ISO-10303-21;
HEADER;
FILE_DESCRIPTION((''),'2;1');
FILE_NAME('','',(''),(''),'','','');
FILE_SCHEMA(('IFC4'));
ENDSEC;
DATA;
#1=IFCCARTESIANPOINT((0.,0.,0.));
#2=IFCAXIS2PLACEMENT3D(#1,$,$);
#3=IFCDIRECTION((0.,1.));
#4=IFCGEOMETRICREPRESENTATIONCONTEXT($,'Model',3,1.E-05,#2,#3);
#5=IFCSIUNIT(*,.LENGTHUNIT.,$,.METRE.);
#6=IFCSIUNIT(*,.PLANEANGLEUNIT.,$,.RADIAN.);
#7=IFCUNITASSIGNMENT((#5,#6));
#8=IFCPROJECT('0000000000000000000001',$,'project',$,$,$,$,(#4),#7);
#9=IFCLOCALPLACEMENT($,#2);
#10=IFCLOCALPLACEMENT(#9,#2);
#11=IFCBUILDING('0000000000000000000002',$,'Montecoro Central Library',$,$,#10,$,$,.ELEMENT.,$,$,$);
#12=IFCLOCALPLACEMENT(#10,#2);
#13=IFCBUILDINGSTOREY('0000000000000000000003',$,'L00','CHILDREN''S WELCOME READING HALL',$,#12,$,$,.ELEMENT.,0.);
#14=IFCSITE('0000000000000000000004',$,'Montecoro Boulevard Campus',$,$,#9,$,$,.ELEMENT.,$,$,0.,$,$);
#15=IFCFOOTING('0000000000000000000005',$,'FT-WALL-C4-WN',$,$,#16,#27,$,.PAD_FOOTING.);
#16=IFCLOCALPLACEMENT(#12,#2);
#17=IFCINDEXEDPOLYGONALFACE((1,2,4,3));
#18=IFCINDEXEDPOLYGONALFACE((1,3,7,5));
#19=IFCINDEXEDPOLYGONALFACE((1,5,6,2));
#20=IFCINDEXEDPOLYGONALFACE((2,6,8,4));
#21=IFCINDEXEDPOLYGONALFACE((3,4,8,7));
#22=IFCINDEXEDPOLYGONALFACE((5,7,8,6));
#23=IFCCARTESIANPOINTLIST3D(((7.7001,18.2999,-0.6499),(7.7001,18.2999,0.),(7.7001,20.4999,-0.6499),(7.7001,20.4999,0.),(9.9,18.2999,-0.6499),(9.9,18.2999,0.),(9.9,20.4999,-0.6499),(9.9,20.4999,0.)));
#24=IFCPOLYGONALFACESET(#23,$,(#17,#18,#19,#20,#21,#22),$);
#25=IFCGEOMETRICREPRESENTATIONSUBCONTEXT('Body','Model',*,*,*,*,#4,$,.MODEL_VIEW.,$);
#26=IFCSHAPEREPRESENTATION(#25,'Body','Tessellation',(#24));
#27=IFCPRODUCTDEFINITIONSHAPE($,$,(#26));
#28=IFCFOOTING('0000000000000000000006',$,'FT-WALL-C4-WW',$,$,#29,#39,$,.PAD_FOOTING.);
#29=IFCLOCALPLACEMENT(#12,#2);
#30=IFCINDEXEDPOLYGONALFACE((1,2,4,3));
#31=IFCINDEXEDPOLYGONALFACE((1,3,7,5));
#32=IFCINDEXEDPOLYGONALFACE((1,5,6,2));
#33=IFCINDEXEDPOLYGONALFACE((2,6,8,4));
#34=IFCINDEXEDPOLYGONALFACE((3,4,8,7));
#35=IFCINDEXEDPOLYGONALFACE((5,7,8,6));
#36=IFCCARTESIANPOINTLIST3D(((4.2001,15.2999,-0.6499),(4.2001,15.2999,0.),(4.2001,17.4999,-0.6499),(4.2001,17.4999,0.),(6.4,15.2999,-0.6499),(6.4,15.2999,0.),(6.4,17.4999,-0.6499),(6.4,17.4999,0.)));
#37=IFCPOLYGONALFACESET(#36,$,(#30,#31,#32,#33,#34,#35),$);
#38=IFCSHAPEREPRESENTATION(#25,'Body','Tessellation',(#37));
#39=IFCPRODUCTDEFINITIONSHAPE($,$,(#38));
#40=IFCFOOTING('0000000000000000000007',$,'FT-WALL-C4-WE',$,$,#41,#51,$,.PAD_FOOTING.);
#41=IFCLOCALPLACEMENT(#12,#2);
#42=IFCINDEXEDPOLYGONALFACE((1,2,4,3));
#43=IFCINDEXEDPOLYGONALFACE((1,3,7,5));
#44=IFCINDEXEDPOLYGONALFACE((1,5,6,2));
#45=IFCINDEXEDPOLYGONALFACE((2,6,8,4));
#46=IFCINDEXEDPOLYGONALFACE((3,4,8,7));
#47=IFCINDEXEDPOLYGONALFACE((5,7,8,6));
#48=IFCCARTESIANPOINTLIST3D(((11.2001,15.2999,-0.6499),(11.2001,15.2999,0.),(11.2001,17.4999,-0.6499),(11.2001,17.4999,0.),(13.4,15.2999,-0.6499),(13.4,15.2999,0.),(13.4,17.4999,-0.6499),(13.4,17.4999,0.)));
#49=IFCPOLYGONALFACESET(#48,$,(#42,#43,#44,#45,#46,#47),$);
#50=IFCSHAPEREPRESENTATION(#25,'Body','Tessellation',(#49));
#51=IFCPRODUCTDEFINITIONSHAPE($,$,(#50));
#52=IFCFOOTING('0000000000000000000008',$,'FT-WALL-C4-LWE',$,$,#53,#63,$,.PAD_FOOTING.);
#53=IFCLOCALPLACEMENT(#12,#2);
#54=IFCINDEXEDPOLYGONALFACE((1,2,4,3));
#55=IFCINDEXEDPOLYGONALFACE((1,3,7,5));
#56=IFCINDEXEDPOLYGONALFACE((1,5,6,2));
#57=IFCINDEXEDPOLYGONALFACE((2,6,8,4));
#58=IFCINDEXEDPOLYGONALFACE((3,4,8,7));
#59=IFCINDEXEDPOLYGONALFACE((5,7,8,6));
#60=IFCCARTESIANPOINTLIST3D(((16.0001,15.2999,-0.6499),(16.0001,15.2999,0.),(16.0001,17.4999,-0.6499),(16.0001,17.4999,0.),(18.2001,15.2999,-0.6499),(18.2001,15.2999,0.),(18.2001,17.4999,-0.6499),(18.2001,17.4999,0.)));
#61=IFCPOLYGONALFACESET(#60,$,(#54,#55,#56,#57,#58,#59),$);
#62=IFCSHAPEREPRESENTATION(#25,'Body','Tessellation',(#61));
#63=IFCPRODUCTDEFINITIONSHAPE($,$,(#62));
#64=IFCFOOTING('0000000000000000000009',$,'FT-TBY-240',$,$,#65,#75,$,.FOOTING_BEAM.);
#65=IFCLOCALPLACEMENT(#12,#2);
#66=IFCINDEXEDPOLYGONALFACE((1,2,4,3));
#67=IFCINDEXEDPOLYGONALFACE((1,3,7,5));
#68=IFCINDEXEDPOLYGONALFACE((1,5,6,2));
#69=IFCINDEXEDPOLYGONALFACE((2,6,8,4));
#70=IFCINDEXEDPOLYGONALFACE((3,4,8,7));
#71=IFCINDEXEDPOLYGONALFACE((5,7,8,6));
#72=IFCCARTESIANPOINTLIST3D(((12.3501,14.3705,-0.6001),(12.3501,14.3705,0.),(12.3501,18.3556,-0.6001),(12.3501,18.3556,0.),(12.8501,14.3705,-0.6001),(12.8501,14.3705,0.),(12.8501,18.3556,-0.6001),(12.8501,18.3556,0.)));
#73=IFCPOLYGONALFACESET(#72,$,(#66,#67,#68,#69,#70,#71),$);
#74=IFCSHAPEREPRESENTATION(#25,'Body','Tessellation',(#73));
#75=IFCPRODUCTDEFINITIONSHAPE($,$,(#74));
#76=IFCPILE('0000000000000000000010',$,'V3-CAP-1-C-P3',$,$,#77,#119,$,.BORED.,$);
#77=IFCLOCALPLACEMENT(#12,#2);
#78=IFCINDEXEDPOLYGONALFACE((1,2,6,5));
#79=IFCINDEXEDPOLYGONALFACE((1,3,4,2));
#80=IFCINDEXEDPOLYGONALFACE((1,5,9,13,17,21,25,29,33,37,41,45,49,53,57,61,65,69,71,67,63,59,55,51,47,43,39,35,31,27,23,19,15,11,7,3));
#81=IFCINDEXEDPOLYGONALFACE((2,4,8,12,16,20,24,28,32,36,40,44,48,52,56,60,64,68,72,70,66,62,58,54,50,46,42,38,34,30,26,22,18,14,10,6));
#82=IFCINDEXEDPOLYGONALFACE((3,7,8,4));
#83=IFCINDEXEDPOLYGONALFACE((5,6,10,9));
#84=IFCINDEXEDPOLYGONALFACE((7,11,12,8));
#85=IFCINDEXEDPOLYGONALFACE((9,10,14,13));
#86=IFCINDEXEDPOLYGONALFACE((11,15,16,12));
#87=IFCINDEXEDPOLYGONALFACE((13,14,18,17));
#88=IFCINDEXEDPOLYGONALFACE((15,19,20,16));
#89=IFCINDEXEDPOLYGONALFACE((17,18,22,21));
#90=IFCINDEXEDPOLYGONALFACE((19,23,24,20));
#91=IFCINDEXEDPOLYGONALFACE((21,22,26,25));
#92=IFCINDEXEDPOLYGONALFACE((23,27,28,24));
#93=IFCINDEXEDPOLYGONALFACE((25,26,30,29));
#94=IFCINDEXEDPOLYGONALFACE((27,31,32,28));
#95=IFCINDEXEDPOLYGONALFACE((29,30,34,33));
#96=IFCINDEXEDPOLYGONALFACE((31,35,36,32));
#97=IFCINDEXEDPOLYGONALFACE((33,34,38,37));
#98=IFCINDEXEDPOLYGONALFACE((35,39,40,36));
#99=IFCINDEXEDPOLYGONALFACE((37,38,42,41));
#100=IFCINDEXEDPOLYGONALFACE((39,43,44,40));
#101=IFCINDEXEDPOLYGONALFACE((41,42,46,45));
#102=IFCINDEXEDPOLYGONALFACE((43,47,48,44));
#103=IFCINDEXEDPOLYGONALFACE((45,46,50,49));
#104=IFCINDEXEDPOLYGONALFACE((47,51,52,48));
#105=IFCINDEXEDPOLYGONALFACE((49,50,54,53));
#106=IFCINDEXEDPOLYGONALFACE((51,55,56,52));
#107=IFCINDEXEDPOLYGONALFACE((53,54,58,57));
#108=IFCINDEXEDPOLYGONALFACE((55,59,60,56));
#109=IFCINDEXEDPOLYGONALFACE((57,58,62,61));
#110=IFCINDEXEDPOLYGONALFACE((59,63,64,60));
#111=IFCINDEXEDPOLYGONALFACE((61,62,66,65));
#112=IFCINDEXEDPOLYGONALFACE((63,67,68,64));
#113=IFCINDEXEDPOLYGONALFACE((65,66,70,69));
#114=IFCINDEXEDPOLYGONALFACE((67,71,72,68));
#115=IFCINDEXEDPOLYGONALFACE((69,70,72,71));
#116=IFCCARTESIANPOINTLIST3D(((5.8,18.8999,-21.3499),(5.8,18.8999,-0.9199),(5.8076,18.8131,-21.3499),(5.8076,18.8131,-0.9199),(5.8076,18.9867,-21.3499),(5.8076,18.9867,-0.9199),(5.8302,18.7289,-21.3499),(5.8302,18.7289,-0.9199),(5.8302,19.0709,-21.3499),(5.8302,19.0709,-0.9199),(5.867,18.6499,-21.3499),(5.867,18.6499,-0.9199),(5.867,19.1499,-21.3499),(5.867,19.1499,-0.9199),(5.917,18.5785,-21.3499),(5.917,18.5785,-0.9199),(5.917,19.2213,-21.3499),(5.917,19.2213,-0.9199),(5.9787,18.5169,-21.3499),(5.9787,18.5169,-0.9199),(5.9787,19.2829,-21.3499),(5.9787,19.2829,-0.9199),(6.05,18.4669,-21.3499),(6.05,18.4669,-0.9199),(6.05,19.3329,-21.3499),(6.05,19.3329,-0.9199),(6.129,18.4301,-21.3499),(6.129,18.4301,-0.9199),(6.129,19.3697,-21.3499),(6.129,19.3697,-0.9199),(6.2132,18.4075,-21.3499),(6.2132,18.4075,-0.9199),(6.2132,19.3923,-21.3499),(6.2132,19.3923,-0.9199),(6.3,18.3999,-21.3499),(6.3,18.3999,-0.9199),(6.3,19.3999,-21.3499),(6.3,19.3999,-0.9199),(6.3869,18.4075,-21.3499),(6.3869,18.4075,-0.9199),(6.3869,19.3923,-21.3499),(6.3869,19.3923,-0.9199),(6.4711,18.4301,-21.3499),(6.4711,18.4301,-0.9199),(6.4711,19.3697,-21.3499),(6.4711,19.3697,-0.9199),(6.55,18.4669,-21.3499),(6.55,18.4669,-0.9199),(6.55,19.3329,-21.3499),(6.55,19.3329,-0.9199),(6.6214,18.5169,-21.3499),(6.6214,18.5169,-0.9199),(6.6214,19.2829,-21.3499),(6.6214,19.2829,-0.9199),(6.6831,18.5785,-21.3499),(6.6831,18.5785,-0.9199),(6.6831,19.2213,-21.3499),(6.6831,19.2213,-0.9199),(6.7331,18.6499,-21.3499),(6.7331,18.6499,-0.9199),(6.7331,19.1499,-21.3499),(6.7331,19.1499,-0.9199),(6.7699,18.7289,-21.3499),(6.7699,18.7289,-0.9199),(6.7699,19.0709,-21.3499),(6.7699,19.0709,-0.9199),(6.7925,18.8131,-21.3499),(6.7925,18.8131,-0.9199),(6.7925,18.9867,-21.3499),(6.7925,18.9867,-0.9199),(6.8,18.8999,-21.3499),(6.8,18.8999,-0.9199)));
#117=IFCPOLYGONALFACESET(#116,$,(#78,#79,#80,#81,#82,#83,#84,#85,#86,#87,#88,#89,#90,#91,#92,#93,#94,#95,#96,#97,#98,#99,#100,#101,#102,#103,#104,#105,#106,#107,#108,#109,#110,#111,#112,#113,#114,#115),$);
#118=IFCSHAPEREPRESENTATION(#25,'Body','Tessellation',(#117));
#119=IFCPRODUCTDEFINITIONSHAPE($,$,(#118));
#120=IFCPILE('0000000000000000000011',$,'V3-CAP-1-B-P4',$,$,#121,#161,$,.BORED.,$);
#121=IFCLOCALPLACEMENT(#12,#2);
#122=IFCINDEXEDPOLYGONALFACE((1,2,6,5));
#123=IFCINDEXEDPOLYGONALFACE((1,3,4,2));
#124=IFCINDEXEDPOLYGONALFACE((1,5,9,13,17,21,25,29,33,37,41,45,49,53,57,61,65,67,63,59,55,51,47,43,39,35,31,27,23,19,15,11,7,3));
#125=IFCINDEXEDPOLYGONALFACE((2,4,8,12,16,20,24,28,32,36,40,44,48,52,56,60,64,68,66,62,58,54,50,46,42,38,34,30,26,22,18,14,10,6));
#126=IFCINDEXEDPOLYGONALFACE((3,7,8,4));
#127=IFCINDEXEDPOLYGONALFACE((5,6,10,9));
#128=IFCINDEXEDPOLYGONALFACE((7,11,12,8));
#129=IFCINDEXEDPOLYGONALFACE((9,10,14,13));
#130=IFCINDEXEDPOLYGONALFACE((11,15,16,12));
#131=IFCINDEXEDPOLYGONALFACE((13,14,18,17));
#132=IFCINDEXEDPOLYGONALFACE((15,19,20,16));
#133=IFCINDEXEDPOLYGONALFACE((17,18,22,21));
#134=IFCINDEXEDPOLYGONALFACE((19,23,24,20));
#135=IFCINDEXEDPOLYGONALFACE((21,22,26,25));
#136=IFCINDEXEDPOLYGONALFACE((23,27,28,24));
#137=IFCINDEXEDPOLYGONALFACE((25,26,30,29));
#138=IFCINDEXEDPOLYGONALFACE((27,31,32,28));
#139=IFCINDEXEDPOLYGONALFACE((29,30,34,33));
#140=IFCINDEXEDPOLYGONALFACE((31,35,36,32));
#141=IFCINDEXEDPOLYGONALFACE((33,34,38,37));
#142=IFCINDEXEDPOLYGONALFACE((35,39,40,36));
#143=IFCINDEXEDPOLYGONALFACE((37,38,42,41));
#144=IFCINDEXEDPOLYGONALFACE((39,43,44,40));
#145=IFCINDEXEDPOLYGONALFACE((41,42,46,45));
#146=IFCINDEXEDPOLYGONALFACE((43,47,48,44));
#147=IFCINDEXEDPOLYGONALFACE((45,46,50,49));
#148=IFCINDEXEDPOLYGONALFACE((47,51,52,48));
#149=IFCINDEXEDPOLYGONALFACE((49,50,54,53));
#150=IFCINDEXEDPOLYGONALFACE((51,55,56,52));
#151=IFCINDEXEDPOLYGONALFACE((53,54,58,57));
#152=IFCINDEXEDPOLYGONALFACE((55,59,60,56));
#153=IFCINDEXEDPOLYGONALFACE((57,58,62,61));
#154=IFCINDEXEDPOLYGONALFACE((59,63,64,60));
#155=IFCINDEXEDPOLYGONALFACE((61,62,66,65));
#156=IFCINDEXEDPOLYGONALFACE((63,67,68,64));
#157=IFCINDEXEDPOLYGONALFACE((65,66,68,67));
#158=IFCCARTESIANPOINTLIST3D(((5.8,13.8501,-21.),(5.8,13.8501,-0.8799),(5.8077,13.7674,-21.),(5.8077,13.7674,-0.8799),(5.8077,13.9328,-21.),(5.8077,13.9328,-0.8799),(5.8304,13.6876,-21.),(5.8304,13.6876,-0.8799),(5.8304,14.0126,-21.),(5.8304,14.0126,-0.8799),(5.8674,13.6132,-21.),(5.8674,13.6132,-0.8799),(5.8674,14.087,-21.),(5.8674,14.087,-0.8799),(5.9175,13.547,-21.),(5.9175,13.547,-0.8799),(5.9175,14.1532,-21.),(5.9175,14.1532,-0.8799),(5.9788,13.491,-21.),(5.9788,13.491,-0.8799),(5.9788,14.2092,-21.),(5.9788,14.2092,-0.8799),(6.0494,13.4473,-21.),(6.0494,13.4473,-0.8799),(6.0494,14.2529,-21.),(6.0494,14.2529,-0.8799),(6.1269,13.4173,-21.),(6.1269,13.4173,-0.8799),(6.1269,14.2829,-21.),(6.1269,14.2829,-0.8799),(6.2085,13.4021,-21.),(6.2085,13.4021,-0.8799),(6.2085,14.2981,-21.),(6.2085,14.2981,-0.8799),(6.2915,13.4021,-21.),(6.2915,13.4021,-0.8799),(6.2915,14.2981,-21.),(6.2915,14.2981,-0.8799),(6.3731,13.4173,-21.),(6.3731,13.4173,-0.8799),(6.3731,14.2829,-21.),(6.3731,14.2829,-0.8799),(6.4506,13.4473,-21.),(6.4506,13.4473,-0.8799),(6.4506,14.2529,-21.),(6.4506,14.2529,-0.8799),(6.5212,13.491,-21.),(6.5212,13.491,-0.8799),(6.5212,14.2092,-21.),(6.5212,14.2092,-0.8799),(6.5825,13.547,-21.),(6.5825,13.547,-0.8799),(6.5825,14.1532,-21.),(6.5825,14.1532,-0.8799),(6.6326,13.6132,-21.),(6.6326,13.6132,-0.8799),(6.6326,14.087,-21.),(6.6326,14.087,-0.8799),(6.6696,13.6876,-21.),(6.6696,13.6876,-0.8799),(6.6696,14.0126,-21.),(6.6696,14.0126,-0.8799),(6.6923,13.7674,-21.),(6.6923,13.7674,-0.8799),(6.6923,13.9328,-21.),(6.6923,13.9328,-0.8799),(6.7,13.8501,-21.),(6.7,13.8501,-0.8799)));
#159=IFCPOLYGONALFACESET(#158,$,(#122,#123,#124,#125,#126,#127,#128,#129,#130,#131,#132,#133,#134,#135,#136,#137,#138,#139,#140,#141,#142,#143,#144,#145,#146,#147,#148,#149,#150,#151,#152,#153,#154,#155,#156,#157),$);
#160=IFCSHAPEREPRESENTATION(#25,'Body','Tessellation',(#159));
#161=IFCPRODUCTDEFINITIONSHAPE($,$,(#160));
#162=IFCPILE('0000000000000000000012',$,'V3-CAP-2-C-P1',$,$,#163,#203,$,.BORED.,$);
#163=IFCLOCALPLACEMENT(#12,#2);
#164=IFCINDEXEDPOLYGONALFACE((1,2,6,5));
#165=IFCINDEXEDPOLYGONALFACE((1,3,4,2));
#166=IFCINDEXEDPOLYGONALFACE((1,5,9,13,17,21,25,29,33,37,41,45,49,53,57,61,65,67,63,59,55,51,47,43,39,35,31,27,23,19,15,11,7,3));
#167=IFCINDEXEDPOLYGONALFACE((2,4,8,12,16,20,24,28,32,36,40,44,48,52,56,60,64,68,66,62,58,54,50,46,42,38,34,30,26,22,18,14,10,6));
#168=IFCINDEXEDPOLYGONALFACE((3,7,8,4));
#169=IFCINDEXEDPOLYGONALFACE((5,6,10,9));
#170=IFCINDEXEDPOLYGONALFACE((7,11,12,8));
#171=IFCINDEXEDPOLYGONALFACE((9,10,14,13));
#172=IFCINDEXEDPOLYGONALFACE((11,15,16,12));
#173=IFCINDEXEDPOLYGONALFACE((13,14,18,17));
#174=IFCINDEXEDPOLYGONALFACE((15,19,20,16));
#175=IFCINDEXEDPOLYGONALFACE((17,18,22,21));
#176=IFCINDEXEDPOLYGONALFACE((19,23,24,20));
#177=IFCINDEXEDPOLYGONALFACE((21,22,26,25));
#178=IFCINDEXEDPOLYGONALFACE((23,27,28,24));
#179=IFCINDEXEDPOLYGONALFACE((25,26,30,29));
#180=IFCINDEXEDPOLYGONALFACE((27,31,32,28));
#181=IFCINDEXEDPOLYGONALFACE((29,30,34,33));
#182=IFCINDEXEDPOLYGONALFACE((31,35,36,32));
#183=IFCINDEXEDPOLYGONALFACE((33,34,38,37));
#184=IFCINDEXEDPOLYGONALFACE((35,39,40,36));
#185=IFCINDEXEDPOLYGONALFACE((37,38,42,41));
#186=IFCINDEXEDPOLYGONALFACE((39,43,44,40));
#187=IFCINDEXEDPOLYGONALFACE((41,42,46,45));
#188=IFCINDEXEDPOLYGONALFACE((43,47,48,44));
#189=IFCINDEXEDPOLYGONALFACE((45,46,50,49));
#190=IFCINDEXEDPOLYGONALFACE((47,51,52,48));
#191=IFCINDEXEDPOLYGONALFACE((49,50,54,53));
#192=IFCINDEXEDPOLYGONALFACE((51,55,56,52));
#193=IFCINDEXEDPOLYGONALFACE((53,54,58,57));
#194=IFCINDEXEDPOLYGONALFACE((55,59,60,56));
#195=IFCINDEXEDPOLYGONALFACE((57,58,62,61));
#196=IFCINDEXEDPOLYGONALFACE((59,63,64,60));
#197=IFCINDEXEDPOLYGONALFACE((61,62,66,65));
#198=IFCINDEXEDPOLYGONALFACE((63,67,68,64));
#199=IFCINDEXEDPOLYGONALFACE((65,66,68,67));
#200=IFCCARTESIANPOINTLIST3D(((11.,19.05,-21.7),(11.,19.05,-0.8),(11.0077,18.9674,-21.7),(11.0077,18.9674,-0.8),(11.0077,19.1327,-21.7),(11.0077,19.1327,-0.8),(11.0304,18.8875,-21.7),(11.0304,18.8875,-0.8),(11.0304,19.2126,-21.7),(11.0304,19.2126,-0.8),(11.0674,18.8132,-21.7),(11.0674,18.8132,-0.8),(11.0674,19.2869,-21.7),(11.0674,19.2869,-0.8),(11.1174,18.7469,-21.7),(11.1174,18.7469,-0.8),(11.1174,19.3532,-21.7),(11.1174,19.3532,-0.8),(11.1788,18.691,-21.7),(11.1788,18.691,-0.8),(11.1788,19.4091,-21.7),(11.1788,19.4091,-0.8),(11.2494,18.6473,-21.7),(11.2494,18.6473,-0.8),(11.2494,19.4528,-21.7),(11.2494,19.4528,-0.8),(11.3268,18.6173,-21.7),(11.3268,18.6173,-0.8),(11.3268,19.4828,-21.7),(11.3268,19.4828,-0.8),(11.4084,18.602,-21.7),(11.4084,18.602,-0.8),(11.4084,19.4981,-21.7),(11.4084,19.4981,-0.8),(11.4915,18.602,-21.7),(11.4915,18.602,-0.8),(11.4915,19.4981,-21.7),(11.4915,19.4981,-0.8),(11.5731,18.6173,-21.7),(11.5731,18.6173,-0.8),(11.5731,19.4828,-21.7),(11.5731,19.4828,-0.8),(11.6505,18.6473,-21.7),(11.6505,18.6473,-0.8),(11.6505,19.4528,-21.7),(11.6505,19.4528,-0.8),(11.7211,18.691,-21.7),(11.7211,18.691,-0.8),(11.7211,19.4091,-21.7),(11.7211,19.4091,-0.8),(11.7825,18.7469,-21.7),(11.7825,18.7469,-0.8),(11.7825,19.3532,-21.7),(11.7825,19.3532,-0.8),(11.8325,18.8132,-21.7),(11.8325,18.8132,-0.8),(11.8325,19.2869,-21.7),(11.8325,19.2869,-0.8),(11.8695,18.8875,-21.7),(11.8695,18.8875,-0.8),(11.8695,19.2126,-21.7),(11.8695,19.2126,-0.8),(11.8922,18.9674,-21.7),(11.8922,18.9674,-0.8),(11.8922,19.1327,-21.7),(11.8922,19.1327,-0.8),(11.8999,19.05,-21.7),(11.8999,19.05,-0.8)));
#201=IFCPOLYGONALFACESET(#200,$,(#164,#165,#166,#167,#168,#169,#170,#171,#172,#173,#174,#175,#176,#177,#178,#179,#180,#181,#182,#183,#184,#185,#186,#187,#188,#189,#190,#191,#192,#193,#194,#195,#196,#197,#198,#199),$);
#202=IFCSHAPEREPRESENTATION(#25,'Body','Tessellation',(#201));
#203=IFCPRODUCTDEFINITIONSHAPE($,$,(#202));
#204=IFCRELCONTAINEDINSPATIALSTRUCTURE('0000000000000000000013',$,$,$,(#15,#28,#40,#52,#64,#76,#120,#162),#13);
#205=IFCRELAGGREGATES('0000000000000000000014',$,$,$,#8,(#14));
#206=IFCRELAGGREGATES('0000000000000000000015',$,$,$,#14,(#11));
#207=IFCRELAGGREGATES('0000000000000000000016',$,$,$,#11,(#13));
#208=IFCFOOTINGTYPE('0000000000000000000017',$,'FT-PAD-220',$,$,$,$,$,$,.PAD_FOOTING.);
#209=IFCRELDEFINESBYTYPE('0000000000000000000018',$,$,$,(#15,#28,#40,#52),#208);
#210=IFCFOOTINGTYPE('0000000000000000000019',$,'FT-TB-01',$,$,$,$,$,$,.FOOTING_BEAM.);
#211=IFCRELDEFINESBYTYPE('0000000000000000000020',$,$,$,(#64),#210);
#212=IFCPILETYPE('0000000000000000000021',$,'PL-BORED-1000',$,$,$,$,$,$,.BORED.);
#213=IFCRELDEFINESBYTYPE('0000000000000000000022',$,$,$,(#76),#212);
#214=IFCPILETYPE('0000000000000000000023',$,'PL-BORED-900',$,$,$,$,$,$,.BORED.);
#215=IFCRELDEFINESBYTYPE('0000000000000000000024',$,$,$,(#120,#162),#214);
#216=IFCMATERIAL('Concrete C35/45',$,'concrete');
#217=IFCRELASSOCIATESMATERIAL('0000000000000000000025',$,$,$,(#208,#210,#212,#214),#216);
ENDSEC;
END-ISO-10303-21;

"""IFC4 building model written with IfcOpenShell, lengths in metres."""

from ifc_helpers import new_model, si_unit, direction, frame, origin, origin_2d, place, context, subcontext, project, spatial, rectangle, circle, extrude, material, material_profile, profile_set, type_object, element, save


model = new_model("IFC4")

# Units and contexts
model_context = context("Model", 3, precision=1e-05, world=origin(), true_north=direction((0.0, 1.0)))
body_context = subcontext(model_context, "Body", "Model", "MODEL_VIEW")
ifc_project = project(units=[si_unit("LENGTHUNIT", "METRE"), si_unit("PLANEANGLEUNIT", "RADIAN")], contexts=[model_context])

# Site, building, storey
site_placement = place(None, origin())
site = spatial("IfcSite", under=ifc_project, at=site_placement, Name="Montecoro Boulevard Campus", CompositionType="ELEMENT", RefElevation=0.0)
building_placement = place(site_placement, origin())
building = spatial("IfcBuilding", under=site, at=building_placement, Name="Montecoro Central Library", CompositionType="ELEMENT")
storey_placement = place(building_placement, origin())
storey = spatial("IfcBuildingStorey", under=building, at=storey_placement, Name="L00", Description="CHILDREN'S WELCOME READING HALL", CompositionType="ELEMENT", Elevation=0.0)

# Footings
ifc_material_1 = material(Name="Concrete C35/45", Category="concrete")
footing_type_1 = type_object("IfcFootingType", Name="FT-PAD-220", PredefinedType="PAD_FOOTING", material=ifc_material_1)
for number, where, z_axis, x_axis, name in (
    (1, (8.8, 19.3999, -0.6499), (0.0, 0.0, 1.0), (1.0, 0.0, 0.0), "FT-WALL-C4-WN"),
    (2, (5.3, 16.3999, -0.6499), (0.0, 0.0, 1.0), (1.0, 0.0, 0.0), "FT-WALL-C4-WW"),
    (3, (12.3, 16.3999, -0.6499), (0.0, 0.0, 1.0), (1.0, 0.0, 0.0), "FT-WALL-C4-WE"),
    (4, (17.1001, 16.3999, -0.6499), (0.0, 0.0, 1.0), (1.0, 0.0, 0.0), "FT-WALL-C4-LWE"),
):
    element("IfcFooting", number, at=place(storey_placement, frame(where, z_axis=z_axis, x_axis=x_axis)), inside=storey, type_object=footing_type_1, Name=name, PredefinedType="PAD_FOOTING", context=body_context, shape_type="SweptSolid", body=[
        extrude(rectangle(XDim=2.2, YDim=2.2, at=origin_2d()), origin(), (0.0, 0.0, 1.0), 0.6499),
    ])
footing_type_2 = type_object("IfcFootingType", Name="FT-TB-01", PredefinedType="FOOTING_BEAM", material=ifc_material_1)
footing_placement = place(storey_placement, frame((12.6001, 16.363, -0.6001), z_axis=(0.0, 0.0, 1.0), x_axis=(1.0, 0.0, 0.0)))
element("IfcFooting", 5, at=footing_placement, inside=storey, type_object=footing_type_2, Name="FT-TBY-240", PredefinedType="FOOTING_BEAM", context=body_context, shape_type="SweptSolid", body=[
    extrude(rectangle(XDim=0.5, YDim=3.9851, at=origin_2d()), origin(), (0.0, 0.0, 1.0), 0.6001),
])

# Piles
ifc_material_profile_1 = material_profile(ifc_material_1, circle(Radius=0.5, at=origin_2d()), Name="PILE D1000")
ifc_profile_set_1 = profile_set([ifc_material_profile_1], Name="Concrete C35/45")
pile_type_1 = type_object("IfcPileType", Name="PL-BORED-1000", PredefinedType="BORED", material=ifc_profile_set_1)
pile_1_placement = place(storey_placement, frame((6.3, 18.8999, -0.9199), z_axis=(0.0, 0.0, -1.0), x_axis=(1.0, 0.0, 0.0)))
element("IfcPile", 6, at=pile_1_placement, inside=storey, type_object=pile_type_1, Name="V3-CAP-1-C-P3", PredefinedType="BORED", context=body_context, shape_type="SweptSolid", body=[
    extrude(circle(Radius=0.5, at=origin_2d()), origin(), (0.0, 0.0, 1.0), 20.4299),
])
ifc_material_profile_2 = material_profile(ifc_material_1, circle(Radius=0.45, at=origin_2d()), Name="PILE D900")
ifc_profile_set_2 = profile_set([ifc_material_profile_2], Name="Concrete C35/45")
pile_type_2 = type_object("IfcPileType", Name="PL-BORED-900", PredefinedType="BORED", material=ifc_profile_set_2)
pile_2_placement = place(storey_placement, frame((6.25, 13.8501, -0.8799), z_axis=(0.0, 0.0, -1.0), x_axis=(1.0, 0.0, 0.0)))
element("IfcPile", 7, at=pile_2_placement, inside=storey, type_object=pile_type_2, Name="V3-CAP-1-B-P4", PredefinedType="BORED", context=body_context, shape_type="SweptSolid", body=[
    extrude(circle(Radius=0.45, at=origin_2d()), origin(), (0.0, 0.0, 1.0), 20.1201),
])
for number, where, z_axis, x_axis, name in (
    (8, (11.45, 19.05, -0.8), (0.0, 0.0, -1.0), (1.0, 0.0, 0.0), "V3-CAP-2-C-P1"),
):
    element("IfcPile", number, at=place(storey_placement, frame(where, z_axis=z_axis, x_axis=x_axis)), inside=storey, type_object=pile_type_2, Name=name, PredefinedType="BORED", context=body_context, shape_type="SweptSolid", body=[
        extrude(circle(Radius=0.45, at=origin_2d()), origin(), (0.0, 0.0, 1.0), 20.8999),
    ])

save(model, "model.ifc")
